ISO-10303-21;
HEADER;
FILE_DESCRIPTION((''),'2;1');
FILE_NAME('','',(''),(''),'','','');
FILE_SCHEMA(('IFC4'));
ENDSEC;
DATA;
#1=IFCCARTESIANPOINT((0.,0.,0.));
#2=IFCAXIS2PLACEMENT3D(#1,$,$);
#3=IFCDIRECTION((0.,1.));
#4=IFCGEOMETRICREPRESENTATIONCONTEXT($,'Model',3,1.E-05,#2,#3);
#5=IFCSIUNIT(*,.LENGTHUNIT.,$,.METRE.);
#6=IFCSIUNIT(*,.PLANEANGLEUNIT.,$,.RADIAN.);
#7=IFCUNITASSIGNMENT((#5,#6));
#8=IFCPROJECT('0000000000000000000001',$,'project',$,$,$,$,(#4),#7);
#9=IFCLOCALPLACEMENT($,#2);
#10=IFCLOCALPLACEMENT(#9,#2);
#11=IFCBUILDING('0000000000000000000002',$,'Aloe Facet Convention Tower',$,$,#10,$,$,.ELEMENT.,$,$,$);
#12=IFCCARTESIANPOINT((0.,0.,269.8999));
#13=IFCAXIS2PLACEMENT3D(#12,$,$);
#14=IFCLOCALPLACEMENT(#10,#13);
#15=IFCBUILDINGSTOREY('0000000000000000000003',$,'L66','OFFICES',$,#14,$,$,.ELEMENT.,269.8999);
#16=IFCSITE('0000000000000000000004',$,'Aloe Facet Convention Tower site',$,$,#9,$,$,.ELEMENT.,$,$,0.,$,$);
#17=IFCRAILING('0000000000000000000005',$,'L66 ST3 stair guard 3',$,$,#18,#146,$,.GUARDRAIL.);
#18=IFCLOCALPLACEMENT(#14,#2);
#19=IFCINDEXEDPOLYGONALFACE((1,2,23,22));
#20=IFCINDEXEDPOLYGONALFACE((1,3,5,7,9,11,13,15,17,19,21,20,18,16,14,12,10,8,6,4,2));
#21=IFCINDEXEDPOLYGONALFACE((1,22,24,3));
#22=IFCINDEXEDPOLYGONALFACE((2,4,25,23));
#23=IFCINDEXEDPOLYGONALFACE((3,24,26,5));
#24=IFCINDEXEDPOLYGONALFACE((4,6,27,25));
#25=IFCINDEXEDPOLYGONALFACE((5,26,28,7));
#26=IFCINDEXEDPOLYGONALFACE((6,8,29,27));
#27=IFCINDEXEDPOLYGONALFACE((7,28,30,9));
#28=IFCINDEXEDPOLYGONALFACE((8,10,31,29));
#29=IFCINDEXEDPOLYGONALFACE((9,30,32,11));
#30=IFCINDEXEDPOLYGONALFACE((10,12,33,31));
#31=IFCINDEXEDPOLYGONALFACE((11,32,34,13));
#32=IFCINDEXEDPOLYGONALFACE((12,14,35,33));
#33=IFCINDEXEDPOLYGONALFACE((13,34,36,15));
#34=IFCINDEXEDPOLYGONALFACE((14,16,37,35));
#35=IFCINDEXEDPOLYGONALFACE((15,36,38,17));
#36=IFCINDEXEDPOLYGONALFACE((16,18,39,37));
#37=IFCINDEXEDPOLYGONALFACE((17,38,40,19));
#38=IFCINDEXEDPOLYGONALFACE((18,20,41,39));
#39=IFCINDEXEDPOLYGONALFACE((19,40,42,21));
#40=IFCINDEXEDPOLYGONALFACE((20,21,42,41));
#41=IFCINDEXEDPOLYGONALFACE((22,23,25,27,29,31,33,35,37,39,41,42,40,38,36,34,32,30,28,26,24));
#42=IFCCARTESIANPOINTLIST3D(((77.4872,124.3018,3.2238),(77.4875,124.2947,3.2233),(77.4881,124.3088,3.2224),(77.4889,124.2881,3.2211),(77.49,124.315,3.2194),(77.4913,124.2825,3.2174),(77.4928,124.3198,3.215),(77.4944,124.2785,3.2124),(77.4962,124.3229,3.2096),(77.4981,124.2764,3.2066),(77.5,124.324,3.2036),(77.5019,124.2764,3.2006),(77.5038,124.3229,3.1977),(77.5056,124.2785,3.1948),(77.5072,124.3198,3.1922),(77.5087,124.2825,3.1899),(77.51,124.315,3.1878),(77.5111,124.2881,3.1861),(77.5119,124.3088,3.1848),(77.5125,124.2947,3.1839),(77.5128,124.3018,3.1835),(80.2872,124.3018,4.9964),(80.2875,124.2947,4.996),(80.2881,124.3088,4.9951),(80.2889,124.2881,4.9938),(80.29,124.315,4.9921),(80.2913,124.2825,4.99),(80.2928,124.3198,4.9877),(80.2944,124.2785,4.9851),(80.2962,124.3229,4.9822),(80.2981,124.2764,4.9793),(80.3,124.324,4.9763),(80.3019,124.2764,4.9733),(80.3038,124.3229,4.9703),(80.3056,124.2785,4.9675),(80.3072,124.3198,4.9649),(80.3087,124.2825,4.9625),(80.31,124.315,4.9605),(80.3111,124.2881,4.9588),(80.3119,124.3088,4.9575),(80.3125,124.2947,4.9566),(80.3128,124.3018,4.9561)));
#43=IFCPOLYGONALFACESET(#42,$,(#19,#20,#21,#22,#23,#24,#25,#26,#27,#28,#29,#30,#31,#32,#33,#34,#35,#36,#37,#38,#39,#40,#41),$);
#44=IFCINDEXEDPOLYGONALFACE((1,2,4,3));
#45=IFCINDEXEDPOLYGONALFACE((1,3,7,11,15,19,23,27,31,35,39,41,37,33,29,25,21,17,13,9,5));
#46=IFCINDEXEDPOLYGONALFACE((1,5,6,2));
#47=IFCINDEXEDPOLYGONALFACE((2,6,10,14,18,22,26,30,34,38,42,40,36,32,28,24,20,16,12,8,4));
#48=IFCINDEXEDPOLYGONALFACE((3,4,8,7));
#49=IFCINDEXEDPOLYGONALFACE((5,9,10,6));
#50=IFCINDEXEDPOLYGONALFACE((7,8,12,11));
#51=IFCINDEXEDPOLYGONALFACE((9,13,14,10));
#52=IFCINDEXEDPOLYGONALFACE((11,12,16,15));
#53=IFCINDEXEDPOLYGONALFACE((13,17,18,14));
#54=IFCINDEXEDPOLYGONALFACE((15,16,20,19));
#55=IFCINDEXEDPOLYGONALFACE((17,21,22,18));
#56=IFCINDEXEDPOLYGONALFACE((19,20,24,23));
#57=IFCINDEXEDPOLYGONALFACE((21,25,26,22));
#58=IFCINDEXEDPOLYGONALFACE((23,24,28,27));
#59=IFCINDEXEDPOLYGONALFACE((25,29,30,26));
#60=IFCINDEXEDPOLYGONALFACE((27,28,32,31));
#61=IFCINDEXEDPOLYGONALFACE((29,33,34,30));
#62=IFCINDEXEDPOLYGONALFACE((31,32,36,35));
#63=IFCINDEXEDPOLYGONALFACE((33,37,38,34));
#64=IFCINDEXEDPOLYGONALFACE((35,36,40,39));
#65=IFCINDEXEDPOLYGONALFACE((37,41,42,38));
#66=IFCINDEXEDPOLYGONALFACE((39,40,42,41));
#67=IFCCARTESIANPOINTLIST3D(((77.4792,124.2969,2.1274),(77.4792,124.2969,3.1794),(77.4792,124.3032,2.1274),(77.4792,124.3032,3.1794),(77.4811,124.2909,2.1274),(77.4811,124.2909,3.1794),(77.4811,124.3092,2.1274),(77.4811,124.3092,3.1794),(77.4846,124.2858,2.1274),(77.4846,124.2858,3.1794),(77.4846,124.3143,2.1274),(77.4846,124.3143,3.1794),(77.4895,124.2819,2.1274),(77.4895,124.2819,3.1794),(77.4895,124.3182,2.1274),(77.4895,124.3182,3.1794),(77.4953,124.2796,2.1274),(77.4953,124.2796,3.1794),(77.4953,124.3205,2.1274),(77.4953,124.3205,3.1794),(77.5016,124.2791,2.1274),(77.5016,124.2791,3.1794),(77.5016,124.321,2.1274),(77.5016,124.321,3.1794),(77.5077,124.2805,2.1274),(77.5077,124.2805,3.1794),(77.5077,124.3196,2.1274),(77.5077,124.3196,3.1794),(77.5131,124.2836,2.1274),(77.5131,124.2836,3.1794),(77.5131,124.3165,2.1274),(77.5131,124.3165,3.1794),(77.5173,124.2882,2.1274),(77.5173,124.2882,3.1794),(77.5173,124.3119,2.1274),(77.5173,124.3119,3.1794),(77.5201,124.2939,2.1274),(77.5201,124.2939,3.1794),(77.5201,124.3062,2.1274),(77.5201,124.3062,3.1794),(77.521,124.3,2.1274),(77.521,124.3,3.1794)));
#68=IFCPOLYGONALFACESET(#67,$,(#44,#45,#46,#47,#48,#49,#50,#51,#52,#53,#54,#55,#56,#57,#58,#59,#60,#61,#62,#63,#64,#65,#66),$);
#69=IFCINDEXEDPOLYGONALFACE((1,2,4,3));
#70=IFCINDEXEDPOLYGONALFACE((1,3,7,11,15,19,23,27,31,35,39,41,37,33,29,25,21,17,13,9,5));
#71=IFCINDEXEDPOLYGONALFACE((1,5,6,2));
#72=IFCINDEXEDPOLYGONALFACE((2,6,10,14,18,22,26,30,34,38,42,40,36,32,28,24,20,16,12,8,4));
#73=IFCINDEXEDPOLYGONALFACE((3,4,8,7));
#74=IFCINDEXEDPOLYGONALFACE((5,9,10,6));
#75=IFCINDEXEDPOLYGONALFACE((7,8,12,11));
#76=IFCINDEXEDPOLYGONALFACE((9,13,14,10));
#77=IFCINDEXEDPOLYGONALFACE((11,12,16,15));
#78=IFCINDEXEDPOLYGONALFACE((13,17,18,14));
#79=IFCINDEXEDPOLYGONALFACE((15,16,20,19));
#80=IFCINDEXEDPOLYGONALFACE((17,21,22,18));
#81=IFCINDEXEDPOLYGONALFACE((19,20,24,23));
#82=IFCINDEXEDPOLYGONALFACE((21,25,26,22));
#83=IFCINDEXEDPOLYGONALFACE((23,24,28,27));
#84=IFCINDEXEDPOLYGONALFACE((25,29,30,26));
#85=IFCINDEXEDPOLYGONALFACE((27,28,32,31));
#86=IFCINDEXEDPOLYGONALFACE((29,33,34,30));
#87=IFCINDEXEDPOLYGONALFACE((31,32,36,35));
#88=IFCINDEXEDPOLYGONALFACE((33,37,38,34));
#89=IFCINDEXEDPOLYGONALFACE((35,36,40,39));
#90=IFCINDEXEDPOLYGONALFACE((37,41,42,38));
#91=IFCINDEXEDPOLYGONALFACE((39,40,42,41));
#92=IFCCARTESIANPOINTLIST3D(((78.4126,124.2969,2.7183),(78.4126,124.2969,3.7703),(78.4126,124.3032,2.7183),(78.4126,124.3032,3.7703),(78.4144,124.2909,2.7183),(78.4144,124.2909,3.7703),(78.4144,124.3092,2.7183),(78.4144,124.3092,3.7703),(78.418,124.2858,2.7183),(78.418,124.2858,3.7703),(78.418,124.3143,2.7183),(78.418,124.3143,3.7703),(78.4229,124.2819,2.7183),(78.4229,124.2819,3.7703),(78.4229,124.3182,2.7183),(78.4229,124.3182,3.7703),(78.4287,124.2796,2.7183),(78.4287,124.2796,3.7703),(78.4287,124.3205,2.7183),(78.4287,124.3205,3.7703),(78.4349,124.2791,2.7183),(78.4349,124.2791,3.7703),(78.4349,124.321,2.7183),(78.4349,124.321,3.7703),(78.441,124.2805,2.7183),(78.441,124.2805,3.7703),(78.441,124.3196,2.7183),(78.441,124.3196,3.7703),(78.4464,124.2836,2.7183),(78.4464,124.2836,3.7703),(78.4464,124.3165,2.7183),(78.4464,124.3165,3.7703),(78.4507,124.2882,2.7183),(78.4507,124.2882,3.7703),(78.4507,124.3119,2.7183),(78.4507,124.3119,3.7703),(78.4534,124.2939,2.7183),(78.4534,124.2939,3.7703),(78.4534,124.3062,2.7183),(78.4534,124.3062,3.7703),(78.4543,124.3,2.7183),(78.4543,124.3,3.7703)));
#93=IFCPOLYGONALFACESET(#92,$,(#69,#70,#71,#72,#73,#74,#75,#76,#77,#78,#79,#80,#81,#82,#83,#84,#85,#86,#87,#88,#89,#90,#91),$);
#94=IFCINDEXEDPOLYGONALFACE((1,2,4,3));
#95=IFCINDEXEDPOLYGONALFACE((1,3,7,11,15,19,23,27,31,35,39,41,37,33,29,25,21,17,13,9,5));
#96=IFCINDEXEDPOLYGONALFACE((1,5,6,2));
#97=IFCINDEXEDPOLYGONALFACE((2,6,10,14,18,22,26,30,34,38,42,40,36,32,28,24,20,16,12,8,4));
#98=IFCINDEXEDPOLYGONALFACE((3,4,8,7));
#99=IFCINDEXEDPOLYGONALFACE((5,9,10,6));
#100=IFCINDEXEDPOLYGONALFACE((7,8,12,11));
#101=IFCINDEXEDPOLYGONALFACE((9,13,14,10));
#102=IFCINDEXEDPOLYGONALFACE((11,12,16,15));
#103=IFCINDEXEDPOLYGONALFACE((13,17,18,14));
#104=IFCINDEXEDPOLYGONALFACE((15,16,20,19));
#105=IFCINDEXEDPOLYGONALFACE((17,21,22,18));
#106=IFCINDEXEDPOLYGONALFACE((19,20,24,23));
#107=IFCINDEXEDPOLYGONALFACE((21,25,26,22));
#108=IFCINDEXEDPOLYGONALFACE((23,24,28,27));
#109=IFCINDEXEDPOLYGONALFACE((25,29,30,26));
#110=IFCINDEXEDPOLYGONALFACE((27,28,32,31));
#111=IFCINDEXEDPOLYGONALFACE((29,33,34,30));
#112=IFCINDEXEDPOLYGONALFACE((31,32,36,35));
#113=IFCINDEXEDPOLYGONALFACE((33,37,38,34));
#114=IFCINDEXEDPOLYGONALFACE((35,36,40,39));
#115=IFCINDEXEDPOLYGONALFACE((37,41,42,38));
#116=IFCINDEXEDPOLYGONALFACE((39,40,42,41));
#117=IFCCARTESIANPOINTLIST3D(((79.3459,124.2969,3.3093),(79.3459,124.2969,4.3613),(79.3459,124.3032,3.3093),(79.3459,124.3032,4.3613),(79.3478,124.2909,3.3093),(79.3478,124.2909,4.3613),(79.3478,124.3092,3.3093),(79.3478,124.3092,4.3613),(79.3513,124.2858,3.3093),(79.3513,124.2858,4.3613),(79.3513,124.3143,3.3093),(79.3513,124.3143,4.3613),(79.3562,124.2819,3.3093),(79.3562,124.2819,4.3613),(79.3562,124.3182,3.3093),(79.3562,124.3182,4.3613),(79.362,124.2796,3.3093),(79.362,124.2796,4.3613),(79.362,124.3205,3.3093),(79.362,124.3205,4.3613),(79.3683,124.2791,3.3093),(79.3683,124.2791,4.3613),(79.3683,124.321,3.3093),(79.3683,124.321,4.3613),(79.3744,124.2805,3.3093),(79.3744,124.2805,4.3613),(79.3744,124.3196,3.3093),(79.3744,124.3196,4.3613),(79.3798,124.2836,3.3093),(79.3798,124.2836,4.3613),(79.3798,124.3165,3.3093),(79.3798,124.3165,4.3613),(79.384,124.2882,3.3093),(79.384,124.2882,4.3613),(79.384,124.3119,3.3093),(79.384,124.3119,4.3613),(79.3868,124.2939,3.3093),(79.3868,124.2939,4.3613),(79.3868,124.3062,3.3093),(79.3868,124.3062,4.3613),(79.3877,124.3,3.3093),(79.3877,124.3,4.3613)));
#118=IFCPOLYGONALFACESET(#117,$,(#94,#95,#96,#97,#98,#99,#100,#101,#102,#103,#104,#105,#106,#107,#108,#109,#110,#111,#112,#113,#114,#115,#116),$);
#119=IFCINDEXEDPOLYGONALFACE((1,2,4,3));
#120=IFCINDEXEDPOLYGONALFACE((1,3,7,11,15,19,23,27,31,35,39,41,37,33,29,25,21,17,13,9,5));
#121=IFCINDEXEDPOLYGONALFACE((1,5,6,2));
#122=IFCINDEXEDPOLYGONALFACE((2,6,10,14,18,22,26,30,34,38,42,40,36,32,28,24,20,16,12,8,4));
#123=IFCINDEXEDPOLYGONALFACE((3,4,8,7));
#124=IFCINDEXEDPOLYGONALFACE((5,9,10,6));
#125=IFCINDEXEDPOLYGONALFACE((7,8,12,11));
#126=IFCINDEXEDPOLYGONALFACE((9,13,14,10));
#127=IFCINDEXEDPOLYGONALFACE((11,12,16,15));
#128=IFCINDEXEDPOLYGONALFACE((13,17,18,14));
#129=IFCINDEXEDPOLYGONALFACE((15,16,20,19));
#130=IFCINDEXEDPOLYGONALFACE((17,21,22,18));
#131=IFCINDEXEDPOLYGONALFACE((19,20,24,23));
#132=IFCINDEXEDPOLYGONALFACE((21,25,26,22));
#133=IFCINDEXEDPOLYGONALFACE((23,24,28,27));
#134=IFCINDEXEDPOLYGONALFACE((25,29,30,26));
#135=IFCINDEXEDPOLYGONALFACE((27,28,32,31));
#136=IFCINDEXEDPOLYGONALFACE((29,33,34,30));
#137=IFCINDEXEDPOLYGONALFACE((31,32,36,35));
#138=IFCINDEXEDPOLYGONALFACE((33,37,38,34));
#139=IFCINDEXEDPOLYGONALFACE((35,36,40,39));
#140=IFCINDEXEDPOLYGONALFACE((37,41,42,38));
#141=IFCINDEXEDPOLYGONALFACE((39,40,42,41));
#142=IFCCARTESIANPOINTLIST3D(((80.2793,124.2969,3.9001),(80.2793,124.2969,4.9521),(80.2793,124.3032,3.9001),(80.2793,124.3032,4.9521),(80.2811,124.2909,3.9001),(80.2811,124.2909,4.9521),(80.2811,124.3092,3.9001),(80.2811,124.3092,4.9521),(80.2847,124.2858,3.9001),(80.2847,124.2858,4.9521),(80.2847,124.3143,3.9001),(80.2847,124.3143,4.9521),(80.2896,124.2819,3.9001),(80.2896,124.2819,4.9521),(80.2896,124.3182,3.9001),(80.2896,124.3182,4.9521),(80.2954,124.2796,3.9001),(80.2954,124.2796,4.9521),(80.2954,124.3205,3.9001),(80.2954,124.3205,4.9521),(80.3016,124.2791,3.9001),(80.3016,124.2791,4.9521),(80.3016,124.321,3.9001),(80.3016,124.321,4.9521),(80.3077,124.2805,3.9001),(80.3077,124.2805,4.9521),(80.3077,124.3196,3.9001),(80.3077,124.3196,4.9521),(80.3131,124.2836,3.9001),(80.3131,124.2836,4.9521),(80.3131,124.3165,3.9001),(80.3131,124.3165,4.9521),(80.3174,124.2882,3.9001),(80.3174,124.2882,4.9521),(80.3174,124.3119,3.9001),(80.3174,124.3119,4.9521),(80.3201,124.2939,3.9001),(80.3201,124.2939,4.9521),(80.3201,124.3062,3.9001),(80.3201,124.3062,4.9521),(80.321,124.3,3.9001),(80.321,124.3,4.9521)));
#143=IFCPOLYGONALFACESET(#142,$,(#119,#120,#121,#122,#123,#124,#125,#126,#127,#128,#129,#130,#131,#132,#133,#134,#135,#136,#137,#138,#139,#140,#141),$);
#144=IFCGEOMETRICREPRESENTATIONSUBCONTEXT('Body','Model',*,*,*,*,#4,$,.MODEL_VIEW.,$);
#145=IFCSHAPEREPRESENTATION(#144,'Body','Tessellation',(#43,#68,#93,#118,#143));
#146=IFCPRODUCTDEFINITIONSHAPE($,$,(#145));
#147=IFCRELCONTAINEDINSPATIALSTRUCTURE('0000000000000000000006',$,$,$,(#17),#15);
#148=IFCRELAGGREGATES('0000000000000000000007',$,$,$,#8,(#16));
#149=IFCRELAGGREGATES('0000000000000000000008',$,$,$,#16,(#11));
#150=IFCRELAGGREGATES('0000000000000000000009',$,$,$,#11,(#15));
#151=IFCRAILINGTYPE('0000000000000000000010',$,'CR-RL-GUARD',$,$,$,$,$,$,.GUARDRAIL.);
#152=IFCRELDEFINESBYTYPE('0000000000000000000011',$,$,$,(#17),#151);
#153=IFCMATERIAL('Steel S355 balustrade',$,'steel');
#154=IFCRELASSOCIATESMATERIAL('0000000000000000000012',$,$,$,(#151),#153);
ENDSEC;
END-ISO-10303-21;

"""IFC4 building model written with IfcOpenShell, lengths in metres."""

from ifc_helpers import new_model, si_unit, direction, frame, origin, origin_2d, place, context, subcontext, project, spatial, circle, extrude, material, type_object, element, save


model = new_model("IFC4")

# Units and contexts
model_context = context("Model", 3, precision=1e-05, world=origin(), true_north=direction((0.0, 1.0)))
body_context = subcontext(model_context, "Body", "Model", "MODEL_VIEW")
ifc_project = project(units=[si_unit("LENGTHUNIT", "METRE"), si_unit("PLANEANGLEUNIT", "RADIAN")], contexts=[model_context])

# Site, building, storey
site_placement = place(None, origin())
site = spatial("IfcSite", under=ifc_project, at=site_placement, Name="Aloe Facet Convention Tower site", CompositionType="ELEMENT", RefElevation=0.0)
building_placement = place(site_placement, origin())
building = spatial("IfcBuilding", under=site, at=building_placement, Name="Aloe Facet Convention Tower", CompositionType="ELEMENT")
storey_placement = place(building_placement, frame((0.0, 0.0, 269.8999)))
storey = spatial("IfcBuildingStorey", under=building, at=storey_placement, Name="L66", Description="OFFICES", CompositionType="ELEMENT", Elevation=269.8999)

# Railing
ifc_material_1 = material(Name="Steel S355 balustrade", Category="steel")
railing_type_1 = type_object("IfcRailingType", Name="CR-RL-GUARD", PredefinedType="GUARDRAIL", material=ifc_material_1)
railing_1_placement = place(storey_placement, frame((77.5, 124.3, 2.1274)))
element("IfcRailing", 1, at=railing_1_placement, inside=storey, type_object=railing_type_1, Name="L66 ST3 stair guard 3", PredefinedType="GUARDRAIL", context=body_context, shape_type="SweptSolid", body=[
    extrude(circle(Radius=0.0239, at=origin_2d()), frame((0.0, 0.0, 1.0762), z_axis=(0.844909, 0.0, 0.53491), x_axis=(0.0, 1.0, 0.0)), (0.0, 0.0, 1.0), 3.314),
    extrude(circle(Radius=0.021, at=origin_2d()), origin(), (0.0, 0.0, 1.0), 1.052),
    extrude(circle(Radius=0.021, at=origin_2d()), frame((0.9333, 0.0, 0.5908)), (0.0, 0.0, 1.0), 1.052),
    extrude(circle(Radius=0.021, at=origin_2d()), frame((1.8667, 0.0, 1.1819)), (0.0, 0.0, 1.0), 1.052),
    extrude(circle(Radius=0.021, at=origin_2d()), frame((2.8, 0.0, 1.7727)), (0.0, 0.0, 1.0), 1.052),
])

save(model, "model.ifc")
